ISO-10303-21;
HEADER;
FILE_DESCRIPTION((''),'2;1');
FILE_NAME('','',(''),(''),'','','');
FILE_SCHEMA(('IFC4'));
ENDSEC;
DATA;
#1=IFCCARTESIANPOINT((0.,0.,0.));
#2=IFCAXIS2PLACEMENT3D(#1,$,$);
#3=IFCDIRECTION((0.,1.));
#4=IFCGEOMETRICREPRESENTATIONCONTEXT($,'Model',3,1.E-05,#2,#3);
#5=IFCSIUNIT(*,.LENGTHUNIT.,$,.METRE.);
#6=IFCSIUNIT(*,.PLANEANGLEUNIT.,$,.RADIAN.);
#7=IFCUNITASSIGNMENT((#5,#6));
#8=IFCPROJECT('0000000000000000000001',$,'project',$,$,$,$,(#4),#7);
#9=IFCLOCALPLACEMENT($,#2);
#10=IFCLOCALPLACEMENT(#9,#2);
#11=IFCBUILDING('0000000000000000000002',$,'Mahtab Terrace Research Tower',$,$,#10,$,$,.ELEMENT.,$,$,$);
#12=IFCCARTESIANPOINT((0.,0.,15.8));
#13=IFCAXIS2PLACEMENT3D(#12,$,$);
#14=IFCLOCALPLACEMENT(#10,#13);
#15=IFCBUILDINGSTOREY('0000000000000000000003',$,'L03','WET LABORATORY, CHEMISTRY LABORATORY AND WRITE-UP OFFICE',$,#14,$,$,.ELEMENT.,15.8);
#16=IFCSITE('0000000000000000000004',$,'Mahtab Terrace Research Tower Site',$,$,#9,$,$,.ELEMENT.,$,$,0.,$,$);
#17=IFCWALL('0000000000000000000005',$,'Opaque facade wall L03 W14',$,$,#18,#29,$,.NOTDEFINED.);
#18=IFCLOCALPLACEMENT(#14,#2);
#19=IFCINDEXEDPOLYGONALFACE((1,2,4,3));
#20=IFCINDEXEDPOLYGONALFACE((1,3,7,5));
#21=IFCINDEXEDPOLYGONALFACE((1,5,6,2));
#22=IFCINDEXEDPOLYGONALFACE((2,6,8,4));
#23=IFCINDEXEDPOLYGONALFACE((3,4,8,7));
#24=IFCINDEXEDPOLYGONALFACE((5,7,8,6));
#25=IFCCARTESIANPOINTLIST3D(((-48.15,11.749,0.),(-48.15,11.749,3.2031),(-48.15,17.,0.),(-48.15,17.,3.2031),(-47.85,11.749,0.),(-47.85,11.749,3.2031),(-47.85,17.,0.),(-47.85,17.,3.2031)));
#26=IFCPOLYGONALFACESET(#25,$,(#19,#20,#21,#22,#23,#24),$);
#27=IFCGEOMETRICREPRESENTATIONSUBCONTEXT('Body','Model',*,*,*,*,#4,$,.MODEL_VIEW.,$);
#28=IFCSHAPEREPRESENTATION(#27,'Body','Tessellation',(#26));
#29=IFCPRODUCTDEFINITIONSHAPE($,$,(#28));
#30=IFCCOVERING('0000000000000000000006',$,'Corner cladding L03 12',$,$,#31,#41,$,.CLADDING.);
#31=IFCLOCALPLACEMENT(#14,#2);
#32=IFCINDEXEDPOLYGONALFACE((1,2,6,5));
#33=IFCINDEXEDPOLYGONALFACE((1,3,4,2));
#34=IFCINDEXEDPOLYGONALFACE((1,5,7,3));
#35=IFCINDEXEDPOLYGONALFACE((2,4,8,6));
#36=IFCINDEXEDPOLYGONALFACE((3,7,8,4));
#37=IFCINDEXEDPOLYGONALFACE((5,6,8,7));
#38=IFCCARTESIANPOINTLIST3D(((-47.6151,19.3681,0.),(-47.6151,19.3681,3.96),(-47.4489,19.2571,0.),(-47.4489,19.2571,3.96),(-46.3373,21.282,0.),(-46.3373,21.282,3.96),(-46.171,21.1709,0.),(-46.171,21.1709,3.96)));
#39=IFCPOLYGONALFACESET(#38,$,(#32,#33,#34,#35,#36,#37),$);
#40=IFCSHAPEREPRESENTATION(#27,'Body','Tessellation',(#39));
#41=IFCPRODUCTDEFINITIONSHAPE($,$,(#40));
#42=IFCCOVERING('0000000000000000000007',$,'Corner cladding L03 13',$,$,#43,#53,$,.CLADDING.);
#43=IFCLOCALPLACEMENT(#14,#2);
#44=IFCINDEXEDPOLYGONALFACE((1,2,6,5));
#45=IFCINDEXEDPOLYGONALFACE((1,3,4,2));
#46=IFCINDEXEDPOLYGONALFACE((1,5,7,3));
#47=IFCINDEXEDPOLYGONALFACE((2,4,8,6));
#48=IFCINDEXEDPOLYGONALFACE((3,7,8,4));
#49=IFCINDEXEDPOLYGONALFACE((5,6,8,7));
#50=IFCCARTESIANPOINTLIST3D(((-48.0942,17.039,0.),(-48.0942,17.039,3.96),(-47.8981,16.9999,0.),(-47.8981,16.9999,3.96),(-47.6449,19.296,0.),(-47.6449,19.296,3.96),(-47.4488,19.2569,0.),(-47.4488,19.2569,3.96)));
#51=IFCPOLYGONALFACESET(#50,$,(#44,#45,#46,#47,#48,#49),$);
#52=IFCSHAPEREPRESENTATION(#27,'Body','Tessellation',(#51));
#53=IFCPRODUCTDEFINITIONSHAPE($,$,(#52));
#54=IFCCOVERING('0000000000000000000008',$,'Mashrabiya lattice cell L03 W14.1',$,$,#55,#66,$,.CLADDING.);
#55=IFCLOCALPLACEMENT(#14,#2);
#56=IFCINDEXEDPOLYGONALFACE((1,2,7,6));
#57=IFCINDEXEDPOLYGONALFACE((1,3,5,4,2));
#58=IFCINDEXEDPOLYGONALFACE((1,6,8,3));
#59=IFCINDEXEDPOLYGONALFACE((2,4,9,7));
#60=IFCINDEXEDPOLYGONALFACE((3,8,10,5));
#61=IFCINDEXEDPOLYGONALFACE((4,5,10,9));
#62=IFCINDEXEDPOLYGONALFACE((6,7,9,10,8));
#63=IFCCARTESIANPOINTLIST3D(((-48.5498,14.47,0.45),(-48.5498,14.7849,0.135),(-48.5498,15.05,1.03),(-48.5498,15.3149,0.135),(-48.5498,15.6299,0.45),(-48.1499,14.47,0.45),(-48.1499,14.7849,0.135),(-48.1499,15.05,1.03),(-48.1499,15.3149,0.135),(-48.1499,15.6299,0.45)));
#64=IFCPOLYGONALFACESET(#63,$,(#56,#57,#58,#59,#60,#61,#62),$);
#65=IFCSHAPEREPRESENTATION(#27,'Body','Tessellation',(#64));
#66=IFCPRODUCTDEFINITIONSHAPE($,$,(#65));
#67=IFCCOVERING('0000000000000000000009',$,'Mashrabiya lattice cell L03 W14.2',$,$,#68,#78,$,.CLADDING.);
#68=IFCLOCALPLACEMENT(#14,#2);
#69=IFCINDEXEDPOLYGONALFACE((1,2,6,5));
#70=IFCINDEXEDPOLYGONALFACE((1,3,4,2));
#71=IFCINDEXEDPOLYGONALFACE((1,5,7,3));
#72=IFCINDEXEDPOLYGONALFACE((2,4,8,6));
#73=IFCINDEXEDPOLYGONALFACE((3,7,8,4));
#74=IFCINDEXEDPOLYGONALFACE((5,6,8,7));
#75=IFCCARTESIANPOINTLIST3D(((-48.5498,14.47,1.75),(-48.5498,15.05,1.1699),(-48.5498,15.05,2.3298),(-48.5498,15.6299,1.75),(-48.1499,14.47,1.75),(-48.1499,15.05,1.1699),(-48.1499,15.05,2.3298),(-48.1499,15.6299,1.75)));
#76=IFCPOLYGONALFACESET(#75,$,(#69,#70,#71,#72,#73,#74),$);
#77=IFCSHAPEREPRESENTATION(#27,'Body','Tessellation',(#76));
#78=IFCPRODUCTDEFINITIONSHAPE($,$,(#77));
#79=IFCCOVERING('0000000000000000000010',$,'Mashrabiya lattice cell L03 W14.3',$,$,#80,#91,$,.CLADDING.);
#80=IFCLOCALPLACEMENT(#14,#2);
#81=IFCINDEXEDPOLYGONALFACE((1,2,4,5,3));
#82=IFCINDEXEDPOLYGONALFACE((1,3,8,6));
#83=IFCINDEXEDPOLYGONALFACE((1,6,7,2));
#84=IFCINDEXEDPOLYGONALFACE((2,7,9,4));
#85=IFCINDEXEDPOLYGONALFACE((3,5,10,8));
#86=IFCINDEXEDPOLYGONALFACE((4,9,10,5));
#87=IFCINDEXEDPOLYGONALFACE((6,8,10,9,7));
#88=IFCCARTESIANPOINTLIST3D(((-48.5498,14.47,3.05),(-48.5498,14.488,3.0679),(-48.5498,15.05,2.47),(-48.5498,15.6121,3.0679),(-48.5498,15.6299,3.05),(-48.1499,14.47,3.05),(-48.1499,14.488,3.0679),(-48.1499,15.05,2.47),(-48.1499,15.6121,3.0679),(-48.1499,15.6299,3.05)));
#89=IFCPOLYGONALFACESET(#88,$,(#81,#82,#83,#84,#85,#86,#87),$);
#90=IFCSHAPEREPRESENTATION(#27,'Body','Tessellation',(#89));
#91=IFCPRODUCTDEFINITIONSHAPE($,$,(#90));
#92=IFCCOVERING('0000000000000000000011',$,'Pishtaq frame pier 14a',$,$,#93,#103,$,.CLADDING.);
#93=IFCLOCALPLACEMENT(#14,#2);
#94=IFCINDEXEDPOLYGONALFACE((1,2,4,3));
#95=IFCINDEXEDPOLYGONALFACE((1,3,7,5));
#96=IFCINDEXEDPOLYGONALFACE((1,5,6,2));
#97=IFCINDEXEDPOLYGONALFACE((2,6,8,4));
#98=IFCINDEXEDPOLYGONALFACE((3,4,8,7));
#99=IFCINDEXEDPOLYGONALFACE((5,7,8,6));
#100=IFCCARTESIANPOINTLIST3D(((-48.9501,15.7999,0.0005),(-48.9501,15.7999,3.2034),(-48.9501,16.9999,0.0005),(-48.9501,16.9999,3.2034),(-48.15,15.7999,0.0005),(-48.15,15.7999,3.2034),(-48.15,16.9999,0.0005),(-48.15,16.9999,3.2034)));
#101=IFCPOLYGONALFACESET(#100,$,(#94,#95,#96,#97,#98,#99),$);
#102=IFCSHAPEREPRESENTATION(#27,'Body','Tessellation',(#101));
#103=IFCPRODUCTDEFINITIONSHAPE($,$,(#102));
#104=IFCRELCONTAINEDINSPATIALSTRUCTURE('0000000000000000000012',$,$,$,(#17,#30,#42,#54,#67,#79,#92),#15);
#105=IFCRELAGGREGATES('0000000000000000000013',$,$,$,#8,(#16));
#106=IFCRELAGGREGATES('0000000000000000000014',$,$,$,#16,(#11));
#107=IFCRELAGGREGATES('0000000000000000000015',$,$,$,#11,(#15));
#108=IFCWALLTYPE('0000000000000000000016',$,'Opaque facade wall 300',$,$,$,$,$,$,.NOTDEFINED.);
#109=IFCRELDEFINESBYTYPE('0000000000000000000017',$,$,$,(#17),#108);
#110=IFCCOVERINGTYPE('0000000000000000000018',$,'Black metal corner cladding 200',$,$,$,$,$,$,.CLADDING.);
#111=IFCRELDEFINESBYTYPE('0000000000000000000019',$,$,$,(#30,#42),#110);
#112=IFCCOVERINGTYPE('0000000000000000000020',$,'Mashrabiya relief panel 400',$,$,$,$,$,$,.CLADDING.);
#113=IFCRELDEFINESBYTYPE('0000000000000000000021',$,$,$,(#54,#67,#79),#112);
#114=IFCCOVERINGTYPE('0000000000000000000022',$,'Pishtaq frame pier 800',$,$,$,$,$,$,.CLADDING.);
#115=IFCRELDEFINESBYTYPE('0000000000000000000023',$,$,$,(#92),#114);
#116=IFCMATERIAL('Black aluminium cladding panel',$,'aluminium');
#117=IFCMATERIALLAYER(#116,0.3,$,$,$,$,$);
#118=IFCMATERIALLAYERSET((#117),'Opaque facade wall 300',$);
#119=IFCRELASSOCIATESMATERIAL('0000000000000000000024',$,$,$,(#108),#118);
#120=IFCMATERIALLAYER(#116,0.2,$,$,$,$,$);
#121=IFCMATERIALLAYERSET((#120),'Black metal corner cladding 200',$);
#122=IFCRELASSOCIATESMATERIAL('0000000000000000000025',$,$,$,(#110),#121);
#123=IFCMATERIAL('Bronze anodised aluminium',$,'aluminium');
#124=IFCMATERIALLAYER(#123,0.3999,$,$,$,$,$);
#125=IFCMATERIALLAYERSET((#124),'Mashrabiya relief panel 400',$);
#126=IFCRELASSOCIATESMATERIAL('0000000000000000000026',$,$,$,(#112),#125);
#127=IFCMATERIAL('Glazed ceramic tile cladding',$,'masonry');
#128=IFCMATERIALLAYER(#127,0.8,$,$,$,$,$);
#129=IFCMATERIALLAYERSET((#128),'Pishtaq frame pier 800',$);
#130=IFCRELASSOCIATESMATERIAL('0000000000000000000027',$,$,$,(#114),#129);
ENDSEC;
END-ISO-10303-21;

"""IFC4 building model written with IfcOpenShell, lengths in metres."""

from ifc_helpers import new_model, si_unit, direction, frame, frame_2d, origin, origin_2d, place, context, subcontext, project, spatial, polyline, rectangle, outline, extrude, material, layer, layer_set, type_object, element, save


model = new_model("IFC4")

# Units and contexts
model_context = context("Model", 3, precision=1e-05, world=origin(), true_north=direction((0.0, 1.0)))
body_context = subcontext(model_context, "Body", "Model", "MODEL_VIEW")
ifc_project = project(units=[si_unit("LENGTHUNIT", "METRE"), si_unit("PLANEANGLEUNIT", "RADIAN")], contexts=[model_context])

# Site, building, storey
site_placement = place(None, origin())
site = spatial("IfcSite", under=ifc_project, at=site_placement, Name="Mahtab Terrace Research Tower Site", CompositionType="ELEMENT", RefElevation=0.0)
building_placement = place(site_placement, origin())
building = spatial("IfcBuilding", under=site, at=building_placement, Name="Mahtab Terrace Research Tower", CompositionType="ELEMENT")
storey_placement = place(building_placement, frame((0.0, 0.0, 15.8)))
storey = spatial("IfcBuildingStorey", under=building, at=storey_placement, Name="L03", Description="WET LABORATORY, CHEMISTRY LABORATORY AND WRITE-UP OFFICE", CompositionType="ELEMENT", Elevation=15.8)

# Wall
ifc_material_1 = material(Name="Black aluminium cladding panel", Category="aluminium")
ifc_layer_1 = layer(ifc_material_1, 0.3)
ifc_layer_set_1 = layer_set([ifc_layer_1], Name="Opaque facade wall 300")
wall_type_1 = type_object("IfcWallType", Name="Opaque facade wall 300", PredefinedType="NOTDEFINED", material=ifc_layer_set_1)
wall_1_placement = place(storey_placement, frame((-48.0, 17.0, 0.0), z_axis=(0.0, 0.0, 1.0), x_axis=(0.0, -1.0, 0.0)))
element("IfcWall", 1, at=wall_1_placement, inside=storey, type_object=wall_type_1, Name="Opaque facade wall L03 W14", PredefinedType="NOTDEFINED", context=body_context, shape_type="SweptSolid", body=[
    extrude(rectangle(XDim=5.251, YDim=0.3, at=frame_2d((2.6255, 0.0))), origin(), (0.0, 0.0, 1.0), 3.2031),
])

# Coverings
ifc_layer_2 = layer(ifc_material_1, 0.2)
ifc_layer_set_2 = layer_set([ifc_layer_2], Name="Black metal corner cladding 200")
covering_type_1 = type_object("IfcCoveringType", Name="Black metal corner cladding 200", PredefinedType="CLADDING", material=ifc_layer_set_2)
for number, where, z_axis, x_axis, name in (
    (2, (-46.8931, 20.2695, 0.0), (0.0, 0.0, 1.0), (-0.555291, -0.831656, 0.0), "Corner cladding L03 12"),
    (3, (-47.7715, 18.1479, 0.0), (0.0, 0.0, 1.0), (-0.195212, -0.980761, 0.0), "Corner cladding L03 13"),
):
    element("IfcCovering", number, at=place(storey_placement, frame(where, z_axis=z_axis, x_axis=x_axis)), inside=storey, type_object=covering_type_1, Name=name, PredefinedType="CLADDING", context=body_context, shape_type="SweptSolid", body=[
        extrude(rectangle(XDim=2.3013, YDim=0.2, at=origin_2d()), origin(), (0.0, 0.0, 1.0), 3.96),
    ])
ifc_material_2 = material(Name="Bronze anodised aluminium", Category="aluminium")
ifc_layer_3 = layer(ifc_material_2, 0.3999)
ifc_layer_set_3 = layer_set([ifc_layer_3], Name="Mashrabiya relief panel 400")
covering_type_2 = type_object("IfcCoveringType", Name="Mashrabiya relief panel 400", PredefinedType="CLADDING", material=ifc_layer_set_3)
covering_1_placement = place(storey_placement, frame((-48.1499, 15.6299, 0.45), z_axis=(1.0, 0.0, 0.0), x_axis=(0.0, -0.706958, 0.707256)))
element("IfcCovering", 4, at=covering_1_placement, inside=storey, type_object=covering_type_2, Name="Mashrabiya lattice cell L03 W14.1", PredefinedType="CLADDING", context=body_context, shape_type="SweptSolid", body=[
    extrude(outline(polyline([(0.0, 0.0), (0.8202, 0.0), (0.82, 0.8204), (0.3746, 0.8203), (-0.0001, 0.4454), (0.0, 0.0)])), origin(), (0.0, 0.0, -1.0), 0.3999),
])
covering_2_placement = place(storey_placement, frame((-48.1499, 15.05, 2.3298), z_axis=(1.0, 0.0, 0.0), x_axis=(0.0, -0.707256, -0.706958)))
element("IfcCovering", 5, at=covering_2_placement, inside=storey, type_object=covering_type_2, Name="Mashrabiya lattice cell L03 W14.2", PredefinedType="CLADDING", context=body_context, shape_type="SweptSolid", body=[
    extrude(outline(polyline([(0.0, 0.0), (0.8202, 0.0), (0.82, 0.8204), (-0.0002, 0.82), (0.0, 0.0)])), origin(), (0.0, 0.0, -1.0), 0.3999),
])
covering_3_placement = place(storey_placement, frame((-48.1499, 14.47, 3.05), z_axis=(1.0, 0.0, 0.0), x_axis=(0.0, 0.707107, -0.707107)))
element("IfcCovering", 6, at=covering_3_placement, inside=storey, type_object=covering_type_2, Name="Mashrabiya lattice cell L03 W14.3", PredefinedType="CLADDING", context=body_context, shape_type="SweptSolid", body=[
    extrude(outline(polyline([(0.0, 0.0), (0.8204, 0.0), (0.8202, 0.8202), (0.795, 0.8202), (0.0002, 0.0254), (0.0, 0.0)])), origin(), (0.0, 0.0, -1.0), 0.3999),
])
ifc_material_3 = material(Name="Glazed ceramic tile cladding", Category="masonry")
ifc_layer_4 = layer(ifc_material_3, 0.8)
ifc_layer_set_4 = layer_set([ifc_layer_4], Name="Pishtaq frame pier 800")
covering_type_3 = type_object("IfcCoveringType", Name="Pishtaq frame pier 800", PredefinedType="CLADDING", material=ifc_layer_set_4)
covering_4_placement = place(storey_placement, frame((-48.55, 16.3999, 0.0005), z_axis=(0.0, 0.0, 1.0), x_axis=(0.0, -1.0, 0.0)))
element("IfcCovering", 7, at=covering_4_placement, inside=storey, type_object=covering_type_3, Name="Pishtaq frame pier 14a", PredefinedType="CLADDING", context=body_context, shape_type="SweptSolid", body=[
    extrude(rectangle(XDim=1.2, YDim=0.8, at=origin_2d()), origin(), (0.0, 0.0, 1.0), 3.2029),
])

save(model, "model.ifc")
